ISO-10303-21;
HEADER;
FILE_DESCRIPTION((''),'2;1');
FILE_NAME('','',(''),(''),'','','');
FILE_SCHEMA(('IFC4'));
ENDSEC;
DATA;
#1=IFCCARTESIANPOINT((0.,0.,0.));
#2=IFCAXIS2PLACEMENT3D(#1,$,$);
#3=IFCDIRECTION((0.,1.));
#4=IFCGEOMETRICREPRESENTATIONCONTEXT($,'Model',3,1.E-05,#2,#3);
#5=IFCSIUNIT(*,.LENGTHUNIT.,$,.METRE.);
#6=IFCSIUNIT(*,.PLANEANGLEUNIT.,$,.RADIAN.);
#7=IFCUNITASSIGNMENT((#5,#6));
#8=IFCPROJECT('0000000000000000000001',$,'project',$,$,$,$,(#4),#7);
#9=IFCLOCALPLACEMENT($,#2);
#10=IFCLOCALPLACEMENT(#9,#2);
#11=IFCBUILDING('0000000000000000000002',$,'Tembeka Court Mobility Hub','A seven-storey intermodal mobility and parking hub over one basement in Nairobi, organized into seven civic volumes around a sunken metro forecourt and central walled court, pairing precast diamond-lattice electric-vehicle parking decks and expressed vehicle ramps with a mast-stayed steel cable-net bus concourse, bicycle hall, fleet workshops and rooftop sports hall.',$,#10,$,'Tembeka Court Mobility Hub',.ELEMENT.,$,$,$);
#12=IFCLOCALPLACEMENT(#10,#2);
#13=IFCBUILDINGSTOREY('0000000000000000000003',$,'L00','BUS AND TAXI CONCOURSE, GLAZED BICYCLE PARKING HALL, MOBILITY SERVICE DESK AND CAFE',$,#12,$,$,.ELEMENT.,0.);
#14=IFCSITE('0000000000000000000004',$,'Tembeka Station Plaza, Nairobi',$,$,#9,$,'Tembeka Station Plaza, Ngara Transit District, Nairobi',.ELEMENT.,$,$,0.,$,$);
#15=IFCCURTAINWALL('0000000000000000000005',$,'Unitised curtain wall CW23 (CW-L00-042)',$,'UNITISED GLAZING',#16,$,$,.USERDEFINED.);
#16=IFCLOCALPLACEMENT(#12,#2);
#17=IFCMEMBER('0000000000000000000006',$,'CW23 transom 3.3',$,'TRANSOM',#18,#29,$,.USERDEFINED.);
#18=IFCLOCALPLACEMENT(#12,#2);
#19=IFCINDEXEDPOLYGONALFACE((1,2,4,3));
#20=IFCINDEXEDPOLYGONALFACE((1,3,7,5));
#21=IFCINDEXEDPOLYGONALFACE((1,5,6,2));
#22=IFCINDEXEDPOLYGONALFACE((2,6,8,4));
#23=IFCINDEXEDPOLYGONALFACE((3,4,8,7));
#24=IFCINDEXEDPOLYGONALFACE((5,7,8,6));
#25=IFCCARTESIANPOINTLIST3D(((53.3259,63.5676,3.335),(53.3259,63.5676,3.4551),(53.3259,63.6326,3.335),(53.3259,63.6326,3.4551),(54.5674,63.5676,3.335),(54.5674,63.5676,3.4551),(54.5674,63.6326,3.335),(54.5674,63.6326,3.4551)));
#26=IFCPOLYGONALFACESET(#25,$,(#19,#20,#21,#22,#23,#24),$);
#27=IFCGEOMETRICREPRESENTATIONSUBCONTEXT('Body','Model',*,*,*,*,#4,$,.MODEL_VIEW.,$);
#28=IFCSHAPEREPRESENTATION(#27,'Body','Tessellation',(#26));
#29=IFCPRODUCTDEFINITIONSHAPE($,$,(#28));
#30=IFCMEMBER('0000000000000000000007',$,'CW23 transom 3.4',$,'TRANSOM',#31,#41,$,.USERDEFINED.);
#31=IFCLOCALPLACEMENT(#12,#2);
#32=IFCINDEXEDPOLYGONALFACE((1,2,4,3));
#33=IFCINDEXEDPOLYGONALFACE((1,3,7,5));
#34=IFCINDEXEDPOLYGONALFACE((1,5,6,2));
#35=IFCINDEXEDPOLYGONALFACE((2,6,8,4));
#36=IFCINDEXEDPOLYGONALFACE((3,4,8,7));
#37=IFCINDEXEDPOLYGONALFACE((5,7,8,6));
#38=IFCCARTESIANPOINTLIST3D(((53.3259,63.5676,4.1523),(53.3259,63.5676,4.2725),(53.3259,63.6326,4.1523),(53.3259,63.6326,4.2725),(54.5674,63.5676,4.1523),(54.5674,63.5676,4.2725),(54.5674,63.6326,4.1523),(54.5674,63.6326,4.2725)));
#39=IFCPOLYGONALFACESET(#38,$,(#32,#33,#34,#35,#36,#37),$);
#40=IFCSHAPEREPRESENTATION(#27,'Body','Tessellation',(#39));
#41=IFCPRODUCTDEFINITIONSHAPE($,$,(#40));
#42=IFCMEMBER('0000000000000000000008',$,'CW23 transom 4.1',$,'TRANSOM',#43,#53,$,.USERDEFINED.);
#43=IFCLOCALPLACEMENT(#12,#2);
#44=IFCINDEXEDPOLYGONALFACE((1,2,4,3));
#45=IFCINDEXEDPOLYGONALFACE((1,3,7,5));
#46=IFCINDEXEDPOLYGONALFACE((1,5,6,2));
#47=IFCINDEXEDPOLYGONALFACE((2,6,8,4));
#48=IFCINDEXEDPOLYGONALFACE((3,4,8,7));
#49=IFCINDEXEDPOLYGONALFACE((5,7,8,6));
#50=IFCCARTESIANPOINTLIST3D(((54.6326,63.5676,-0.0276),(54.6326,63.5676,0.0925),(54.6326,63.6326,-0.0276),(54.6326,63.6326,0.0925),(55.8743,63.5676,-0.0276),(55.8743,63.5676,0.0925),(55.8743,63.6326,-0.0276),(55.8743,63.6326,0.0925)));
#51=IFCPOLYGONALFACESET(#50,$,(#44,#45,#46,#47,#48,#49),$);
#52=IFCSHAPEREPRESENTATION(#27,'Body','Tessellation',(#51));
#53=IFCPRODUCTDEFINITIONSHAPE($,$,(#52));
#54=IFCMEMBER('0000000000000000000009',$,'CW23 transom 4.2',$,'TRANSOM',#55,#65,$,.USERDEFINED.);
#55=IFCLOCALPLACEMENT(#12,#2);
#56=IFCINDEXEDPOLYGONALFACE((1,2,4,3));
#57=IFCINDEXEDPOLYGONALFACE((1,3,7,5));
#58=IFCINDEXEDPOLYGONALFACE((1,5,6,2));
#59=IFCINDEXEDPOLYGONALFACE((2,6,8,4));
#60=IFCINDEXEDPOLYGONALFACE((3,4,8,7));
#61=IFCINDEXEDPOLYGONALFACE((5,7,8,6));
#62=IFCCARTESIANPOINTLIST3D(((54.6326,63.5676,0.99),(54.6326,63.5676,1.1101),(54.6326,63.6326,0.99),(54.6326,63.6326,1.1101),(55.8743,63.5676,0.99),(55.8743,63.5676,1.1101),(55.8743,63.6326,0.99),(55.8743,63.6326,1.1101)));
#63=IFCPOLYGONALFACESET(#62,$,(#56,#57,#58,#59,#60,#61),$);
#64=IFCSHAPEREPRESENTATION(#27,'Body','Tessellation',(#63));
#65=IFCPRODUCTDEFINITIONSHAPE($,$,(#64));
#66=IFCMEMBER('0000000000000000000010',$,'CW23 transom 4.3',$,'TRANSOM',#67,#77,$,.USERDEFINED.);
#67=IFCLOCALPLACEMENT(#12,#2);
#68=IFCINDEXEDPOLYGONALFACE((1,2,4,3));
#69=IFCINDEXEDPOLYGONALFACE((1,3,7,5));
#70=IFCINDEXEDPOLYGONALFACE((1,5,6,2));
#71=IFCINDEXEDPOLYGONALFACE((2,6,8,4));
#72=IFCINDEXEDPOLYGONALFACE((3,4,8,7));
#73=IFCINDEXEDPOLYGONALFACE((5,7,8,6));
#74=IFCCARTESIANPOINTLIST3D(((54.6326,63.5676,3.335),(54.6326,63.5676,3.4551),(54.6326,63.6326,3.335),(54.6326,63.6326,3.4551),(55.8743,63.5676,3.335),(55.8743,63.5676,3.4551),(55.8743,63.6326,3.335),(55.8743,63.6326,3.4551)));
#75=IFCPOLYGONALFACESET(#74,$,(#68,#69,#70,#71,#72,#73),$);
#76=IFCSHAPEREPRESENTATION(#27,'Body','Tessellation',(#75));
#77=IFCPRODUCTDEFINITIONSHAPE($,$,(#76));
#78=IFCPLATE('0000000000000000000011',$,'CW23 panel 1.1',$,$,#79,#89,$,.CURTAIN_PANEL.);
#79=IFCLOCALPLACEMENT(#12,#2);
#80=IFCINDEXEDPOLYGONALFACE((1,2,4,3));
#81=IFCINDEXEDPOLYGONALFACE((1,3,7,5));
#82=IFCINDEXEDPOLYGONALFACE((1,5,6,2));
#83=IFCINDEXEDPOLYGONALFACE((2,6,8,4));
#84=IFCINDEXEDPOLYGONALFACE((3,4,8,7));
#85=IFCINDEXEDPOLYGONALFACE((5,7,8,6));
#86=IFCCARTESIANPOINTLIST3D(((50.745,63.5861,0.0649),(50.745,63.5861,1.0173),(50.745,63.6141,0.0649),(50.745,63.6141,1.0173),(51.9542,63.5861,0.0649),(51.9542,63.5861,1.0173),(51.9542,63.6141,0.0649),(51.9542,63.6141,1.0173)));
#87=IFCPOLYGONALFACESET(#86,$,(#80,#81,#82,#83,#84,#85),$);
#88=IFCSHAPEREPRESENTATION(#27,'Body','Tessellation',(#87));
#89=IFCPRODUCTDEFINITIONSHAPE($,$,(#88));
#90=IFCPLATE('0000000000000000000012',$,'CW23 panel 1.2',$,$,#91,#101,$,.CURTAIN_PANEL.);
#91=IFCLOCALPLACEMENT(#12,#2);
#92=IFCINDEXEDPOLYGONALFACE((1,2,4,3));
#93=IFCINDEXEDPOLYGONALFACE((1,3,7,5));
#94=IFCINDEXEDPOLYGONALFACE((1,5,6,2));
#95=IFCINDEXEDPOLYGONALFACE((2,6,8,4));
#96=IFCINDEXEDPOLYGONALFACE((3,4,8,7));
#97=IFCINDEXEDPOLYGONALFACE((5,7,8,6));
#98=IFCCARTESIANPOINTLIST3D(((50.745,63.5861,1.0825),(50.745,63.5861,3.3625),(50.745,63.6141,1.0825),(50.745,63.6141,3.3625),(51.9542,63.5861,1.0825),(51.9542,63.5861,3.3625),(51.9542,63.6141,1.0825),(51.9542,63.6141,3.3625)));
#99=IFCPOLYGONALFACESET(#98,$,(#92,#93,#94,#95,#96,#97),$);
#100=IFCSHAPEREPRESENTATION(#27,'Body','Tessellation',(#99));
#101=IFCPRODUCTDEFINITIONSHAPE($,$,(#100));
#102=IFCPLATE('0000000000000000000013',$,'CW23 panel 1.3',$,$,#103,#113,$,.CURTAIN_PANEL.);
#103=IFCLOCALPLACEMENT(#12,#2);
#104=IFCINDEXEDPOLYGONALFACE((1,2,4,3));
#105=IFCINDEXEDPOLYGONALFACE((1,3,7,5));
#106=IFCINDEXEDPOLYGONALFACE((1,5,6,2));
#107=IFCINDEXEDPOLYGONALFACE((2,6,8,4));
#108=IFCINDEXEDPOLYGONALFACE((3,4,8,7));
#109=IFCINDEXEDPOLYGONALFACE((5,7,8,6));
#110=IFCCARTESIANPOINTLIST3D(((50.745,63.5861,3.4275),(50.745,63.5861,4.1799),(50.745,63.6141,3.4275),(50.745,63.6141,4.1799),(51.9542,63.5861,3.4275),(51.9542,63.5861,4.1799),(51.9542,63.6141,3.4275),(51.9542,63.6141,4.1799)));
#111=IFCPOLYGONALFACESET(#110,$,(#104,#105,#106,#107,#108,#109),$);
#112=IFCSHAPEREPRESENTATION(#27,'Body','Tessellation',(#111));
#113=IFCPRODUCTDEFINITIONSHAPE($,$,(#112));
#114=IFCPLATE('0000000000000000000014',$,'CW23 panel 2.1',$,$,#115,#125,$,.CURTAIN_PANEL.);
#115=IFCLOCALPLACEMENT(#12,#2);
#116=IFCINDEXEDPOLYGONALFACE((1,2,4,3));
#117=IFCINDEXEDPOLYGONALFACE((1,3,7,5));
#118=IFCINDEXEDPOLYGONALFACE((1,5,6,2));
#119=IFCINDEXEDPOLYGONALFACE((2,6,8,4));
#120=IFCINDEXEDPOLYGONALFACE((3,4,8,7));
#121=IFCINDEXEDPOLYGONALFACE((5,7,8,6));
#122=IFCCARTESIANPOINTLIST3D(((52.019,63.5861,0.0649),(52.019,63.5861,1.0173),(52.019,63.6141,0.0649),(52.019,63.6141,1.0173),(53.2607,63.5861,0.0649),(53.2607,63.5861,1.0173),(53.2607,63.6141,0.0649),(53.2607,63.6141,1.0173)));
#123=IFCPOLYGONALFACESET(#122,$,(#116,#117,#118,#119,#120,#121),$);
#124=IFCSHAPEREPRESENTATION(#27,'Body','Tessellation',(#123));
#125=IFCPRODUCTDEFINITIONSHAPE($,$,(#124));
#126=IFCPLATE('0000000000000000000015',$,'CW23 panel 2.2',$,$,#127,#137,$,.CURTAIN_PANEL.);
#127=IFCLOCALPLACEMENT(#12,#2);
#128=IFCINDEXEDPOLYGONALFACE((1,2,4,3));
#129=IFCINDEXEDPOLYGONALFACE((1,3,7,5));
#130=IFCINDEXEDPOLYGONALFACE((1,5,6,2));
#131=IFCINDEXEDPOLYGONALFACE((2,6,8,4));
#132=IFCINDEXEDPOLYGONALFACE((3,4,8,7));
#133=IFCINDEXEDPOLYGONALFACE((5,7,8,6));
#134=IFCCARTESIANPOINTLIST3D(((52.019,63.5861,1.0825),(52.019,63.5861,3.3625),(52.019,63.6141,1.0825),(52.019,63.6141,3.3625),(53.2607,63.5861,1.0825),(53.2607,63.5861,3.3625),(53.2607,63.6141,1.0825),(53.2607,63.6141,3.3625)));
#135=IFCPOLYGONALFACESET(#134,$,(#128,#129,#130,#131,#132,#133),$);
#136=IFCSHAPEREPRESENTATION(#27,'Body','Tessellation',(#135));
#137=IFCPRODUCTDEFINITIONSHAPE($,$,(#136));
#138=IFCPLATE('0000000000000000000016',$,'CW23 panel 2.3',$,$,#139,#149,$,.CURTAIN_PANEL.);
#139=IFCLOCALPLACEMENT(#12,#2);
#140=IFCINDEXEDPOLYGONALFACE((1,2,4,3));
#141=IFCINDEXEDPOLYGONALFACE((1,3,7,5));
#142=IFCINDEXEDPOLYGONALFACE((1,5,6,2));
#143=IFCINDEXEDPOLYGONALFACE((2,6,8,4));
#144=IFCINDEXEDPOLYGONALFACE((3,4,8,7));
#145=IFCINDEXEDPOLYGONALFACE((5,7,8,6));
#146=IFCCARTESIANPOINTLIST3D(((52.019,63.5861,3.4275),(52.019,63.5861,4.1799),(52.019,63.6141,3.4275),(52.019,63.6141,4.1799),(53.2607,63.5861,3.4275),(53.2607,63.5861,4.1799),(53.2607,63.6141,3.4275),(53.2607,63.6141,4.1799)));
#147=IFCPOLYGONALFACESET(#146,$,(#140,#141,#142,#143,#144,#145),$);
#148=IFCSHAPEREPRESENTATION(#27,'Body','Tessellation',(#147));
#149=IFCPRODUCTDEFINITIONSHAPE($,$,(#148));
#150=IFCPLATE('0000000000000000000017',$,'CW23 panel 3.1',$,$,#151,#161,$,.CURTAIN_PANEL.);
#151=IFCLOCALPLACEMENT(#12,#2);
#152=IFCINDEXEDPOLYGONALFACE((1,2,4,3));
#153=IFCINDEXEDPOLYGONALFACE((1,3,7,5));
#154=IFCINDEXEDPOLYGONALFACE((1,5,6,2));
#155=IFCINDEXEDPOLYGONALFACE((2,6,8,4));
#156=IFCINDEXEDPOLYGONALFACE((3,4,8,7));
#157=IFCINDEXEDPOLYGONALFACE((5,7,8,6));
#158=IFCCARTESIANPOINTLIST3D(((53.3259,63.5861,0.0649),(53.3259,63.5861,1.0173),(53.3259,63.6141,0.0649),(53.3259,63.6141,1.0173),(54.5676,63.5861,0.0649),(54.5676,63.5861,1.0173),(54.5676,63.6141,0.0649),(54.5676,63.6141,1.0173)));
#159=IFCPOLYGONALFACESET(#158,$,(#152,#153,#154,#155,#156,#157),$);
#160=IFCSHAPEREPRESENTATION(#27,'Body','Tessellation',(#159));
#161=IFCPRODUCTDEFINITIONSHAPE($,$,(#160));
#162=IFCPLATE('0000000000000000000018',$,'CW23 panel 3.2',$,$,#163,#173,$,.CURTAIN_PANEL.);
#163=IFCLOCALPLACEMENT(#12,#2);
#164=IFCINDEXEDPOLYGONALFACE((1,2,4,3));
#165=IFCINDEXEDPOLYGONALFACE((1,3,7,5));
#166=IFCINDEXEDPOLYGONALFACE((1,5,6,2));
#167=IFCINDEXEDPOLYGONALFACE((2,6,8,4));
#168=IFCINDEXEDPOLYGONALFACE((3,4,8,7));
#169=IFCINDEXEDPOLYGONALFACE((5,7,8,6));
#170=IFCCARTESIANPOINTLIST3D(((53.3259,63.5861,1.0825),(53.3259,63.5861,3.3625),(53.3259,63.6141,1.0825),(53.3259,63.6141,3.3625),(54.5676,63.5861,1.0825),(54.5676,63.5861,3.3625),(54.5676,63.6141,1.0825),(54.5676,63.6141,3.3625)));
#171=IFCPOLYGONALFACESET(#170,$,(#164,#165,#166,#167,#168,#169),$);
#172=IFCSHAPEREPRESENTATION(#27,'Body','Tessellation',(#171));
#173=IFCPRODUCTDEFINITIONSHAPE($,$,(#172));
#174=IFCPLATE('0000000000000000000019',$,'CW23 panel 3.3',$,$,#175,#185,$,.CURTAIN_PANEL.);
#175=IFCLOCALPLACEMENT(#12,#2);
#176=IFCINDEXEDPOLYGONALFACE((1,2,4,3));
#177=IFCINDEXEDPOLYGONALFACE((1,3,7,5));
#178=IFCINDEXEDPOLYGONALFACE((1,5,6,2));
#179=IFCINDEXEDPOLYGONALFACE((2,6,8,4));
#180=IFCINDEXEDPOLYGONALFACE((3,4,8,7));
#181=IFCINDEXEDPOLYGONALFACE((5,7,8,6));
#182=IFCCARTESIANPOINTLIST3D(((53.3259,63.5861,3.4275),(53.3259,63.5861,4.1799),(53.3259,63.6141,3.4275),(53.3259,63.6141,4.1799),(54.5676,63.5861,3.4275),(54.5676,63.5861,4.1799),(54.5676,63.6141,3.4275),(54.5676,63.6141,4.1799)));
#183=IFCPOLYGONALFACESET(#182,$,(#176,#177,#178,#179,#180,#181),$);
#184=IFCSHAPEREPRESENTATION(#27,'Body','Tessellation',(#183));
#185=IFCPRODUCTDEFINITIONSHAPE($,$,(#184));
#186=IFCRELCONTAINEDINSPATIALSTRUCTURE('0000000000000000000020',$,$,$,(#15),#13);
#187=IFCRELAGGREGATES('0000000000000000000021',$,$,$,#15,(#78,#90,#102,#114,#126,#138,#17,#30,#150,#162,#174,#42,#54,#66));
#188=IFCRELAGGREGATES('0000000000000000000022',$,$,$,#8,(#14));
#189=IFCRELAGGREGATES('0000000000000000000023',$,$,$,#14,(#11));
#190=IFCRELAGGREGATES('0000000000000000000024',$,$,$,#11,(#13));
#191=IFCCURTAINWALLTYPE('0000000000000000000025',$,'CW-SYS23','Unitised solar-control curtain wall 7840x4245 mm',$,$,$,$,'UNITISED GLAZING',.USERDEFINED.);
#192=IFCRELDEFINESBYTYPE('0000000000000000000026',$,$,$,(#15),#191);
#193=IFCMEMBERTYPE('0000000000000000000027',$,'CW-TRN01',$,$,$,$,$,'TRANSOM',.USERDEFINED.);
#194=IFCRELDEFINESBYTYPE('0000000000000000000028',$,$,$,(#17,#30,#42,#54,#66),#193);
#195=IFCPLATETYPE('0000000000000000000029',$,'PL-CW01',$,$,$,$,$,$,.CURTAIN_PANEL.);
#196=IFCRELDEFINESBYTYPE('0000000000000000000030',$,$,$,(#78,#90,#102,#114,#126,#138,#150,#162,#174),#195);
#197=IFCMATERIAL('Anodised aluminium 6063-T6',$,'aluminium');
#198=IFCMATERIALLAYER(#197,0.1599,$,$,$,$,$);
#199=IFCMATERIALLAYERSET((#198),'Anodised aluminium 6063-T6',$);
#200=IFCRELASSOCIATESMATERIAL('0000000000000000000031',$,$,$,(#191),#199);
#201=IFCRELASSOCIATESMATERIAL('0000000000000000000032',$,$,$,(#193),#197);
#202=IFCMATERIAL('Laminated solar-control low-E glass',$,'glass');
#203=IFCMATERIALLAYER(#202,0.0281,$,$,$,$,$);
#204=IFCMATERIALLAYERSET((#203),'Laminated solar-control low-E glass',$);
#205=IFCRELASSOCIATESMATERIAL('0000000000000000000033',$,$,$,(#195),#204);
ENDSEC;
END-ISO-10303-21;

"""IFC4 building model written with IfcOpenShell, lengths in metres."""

from ifc_helpers import new_model, si_unit, direction, frame, origin, origin_2d, place, context, subcontext, project, spatial, rectangle, extrude, material, layer, layer_set, material_profile, profile_set, type_object, element, aggregate, save


model = new_model("IFC4")

# Units and contexts
model_context = context("Model", 3, precision=1e-05, world=origin(), true_north=direction((0.0, 1.0)))
body_context = subcontext(model_context, "Body", "Model", "MODEL_VIEW")
ifc_project = project(units=[si_unit("LENGTHUNIT", "METRE"), si_unit("PLANEANGLEUNIT", "RADIAN")], contexts=[model_context])

# Site, building, storey
site_placement = place(None, origin())
site = spatial("IfcSite", under=ifc_project, at=site_placement, Name="Tembeka Station Plaza, Nairobi", LongName="Tembeka Station Plaza, Ngara Transit District, Nairobi", CompositionType="ELEMENT", RefElevation=0.0)
building_placement = place(site_placement, origin())
building = spatial("IfcBuilding", under=site, at=building_placement, Name="Tembeka Court Mobility Hub", Description="A seven-storey intermodal mobility and parking hub over one basement in Nairobi, organized into seven civic volumes around a sunken metro forecourt and central walled court, pairing precast diamond-lattice electric-vehicle parking decks and expressed vehicle ramps with a mast-stayed steel cable-net bus concourse, bicycle hall, fleet workshops and rooftop sports hall.", LongName="Tembeka Court Mobility Hub", CompositionType="ELEMENT")
storey_placement = place(building_placement, origin())
storey = spatial("IfcBuildingStorey", under=building, at=storey_placement, Name="L00", Description="BUS AND TAXI CONCOURSE, GLAZED BICYCLE PARKING HALL, MOBILITY SERVICE DESK AND CAFE", CompositionType="ELEMENT", Elevation=0.0)

# Curtain wall
ifc_material_1 = material(Name="Anodised aluminium 6063-T6", Category="aluminium")
ifc_layer_1 = layer(ifc_material_1, 0.1599)
ifc_layer_set_1 = layer_set([ifc_layer_1], Name="Anodised aluminium 6063-T6")
curtain_wall_type_1 = type_object("IfcCurtainWallType", Name="CW-SYS23", Description="Unitised solar-control curtain wall 7840x4245 mm", ElementType="UNITISED GLAZING", PredefinedType="USERDEFINED", material=ifc_layer_set_1)
curtain_wall_1_placement = place(storey_placement, origin())
curtain_wall_1 = element("IfcCurtainWall", 1, at=curtain_wall_1_placement, inside=storey, type_object=curtain_wall_type_1, Name="Unitised curtain wall CW23 (CW-L00-042)", ObjectType="UNITISED GLAZING", PredefinedType="USERDEFINED")

# Members
ifc_material_profile_1 = material_profile(ifc_material_1, rectangle(XDim=0.0649, YDim=0.1201, at=origin_2d()), Name="ALU-TRN 65x120")
ifc_profile_set_1 = profile_set([ifc_material_profile_1], Name="Anodised aluminium 6063-T6")
member_type_1 = type_object("IfcMemberType", Name="CW-TRN01", ElementType="TRANSOM", PredefinedType="USERDEFINED", material=ifc_profile_set_1)
member_1_placement = place(storey_placement, frame((53.3259, 63.6001, 3.395), z_axis=(1.0, 0.0, 0.0), x_axis=(0.0, 1.0, 0.0)))
member_1 = element("IfcMember", 2, at=member_1_placement, type_object=member_type_1, Name="CW23 transom 3.3", ObjectType="TRANSOM", PredefinedType="USERDEFINED", context=body_context, shape_type="SweptSolid", body=[
    extrude(rectangle(XDim=0.0649, YDim=0.1201, at=origin_2d()), origin(), (0.0, 0.0, 1.0), 1.2415),
])
member_2_placement = place(storey_placement, frame((53.3259, 63.6001, 4.2124), z_axis=(1.0, 0.0, 0.0), x_axis=(0.0, 1.0, 0.0)))
member_2 = element("IfcMember", 3, at=member_2_placement, type_object=member_type_1, Name="CW23 transom 3.4", ObjectType="TRANSOM", PredefinedType="USERDEFINED", context=body_context, shape_type="SweptSolid", body=[
    extrude(rectangle(XDim=0.0649, YDim=0.1201, at=origin_2d()), origin(), (0.0, 0.0, 1.0), 1.2415),
])
member_3_placement = place(storey_placement, frame((54.6326, 63.6001, 0.0325), z_axis=(1.0, 0.0, 0.0), x_axis=(0.0, 1.0, 0.0)))
member_3 = element("IfcMember", 4, at=member_3_placement, type_object=member_type_1, Name="CW23 transom 4.1", ObjectType="TRANSOM", PredefinedType="USERDEFINED", context=body_context, shape_type="SweptSolid", body=[
    extrude(rectangle(XDim=0.0649, YDim=0.1201, at=origin_2d()), origin(), (0.0, 0.0, 1.0), 1.2417),
])
member_4_placement = place(storey_placement, frame((54.6326, 63.6001, 1.05), z_axis=(1.0, 0.0, 0.0), x_axis=(0.0, 1.0, 0.0)))
member_4 = element("IfcMember", 5, at=member_4_placement, type_object=member_type_1, Name="CW23 transom 4.2", ObjectType="TRANSOM", PredefinedType="USERDEFINED", context=body_context, shape_type="SweptSolid", body=[
    extrude(rectangle(XDim=0.0649, YDim=0.1201, at=origin_2d()), origin(), (0.0, 0.0, 1.0), 1.2417),
])
member_5_placement = place(storey_placement, frame((54.6326, 63.6001, 3.395), z_axis=(1.0, 0.0, 0.0), x_axis=(0.0, 1.0, 0.0)))
member_5 = element("IfcMember", 6, at=member_5_placement, type_object=member_type_1, Name="CW23 transom 4.3", ObjectType="TRANSOM", PredefinedType="USERDEFINED", context=body_context, shape_type="SweptSolid", body=[
    extrude(rectangle(XDim=0.0649, YDim=0.1201, at=origin_2d()), origin(), (0.0, 0.0, 1.0), 1.2417),
])

# Plates
ifc_material_2 = material(Name="Laminated solar-control low-E glass", Category="glass")
ifc_layer_2 = layer(ifc_material_2, 0.0281)
ifc_layer_set_2 = layer_set([ifc_layer_2], Name="Laminated solar-control low-E glass")
plate_type = type_object("IfcPlateType", Name="PL-CW01", PredefinedType="CURTAIN_PANEL", material=ifc_layer_set_2)
plate_1_placement = place(storey_placement, frame((51.3496, 63.6001, 0.0649), z_axis=(0.0, 0.0, 1.0), x_axis=(1.0, 0.0, 0.0)))
plate_1 = element("IfcPlate", 7, at=plate_1_placement, type_object=plate_type, Name="CW23 panel 1.1", PredefinedType="CURTAIN_PANEL", context=body_context, shape_type="SweptSolid", body=[
    extrude(rectangle(XDim=1.2092, YDim=0.0281, at=origin_2d()), origin(), (0.0, 0.0, 1.0), 0.9524),
])
plate_2_placement = place(storey_placement, frame((51.3496, 63.6001, 1.0825), z_axis=(0.0, 0.0, 1.0), x_axis=(1.0, 0.0, 0.0)))
plate_2 = element("IfcPlate", 8, at=plate_2_placement, type_object=plate_type, Name="CW23 panel 1.2", PredefinedType="CURTAIN_PANEL", context=body_context, shape_type="SweptSolid", body=[
    extrude(rectangle(XDim=1.2092, YDim=0.0281, at=origin_2d()), origin(), (0.0, 0.0, 1.0), 2.28),
])
plate_3_placement = place(storey_placement, frame((51.3496, 63.6001, 3.4275), z_axis=(0.0, 0.0, 1.0), x_axis=(1.0, 0.0, 0.0)))
plate_3 = element("IfcPlate", 9, at=plate_3_placement, type_object=plate_type, Name="CW23 panel 1.3", PredefinedType="CURTAIN_PANEL", context=body_context, shape_type="SweptSolid", body=[
    extrude(rectangle(XDim=1.2092, YDim=0.0281, at=origin_2d()), origin(), (0.0, 0.0, 1.0), 0.7524),
])
plate_4_placement = place(storey_placement, frame((52.6399, 63.6001, 0.0649), z_axis=(0.0, 0.0, 1.0), x_axis=(1.0, 0.0, 0.0)))
plate_4 = element("IfcPlate", 10, at=plate_4_placement, type_object=plate_type, Name="CW23 panel 2.1", PredefinedType="CURTAIN_PANEL", context=body_context, shape_type="SweptSolid", body=[
    extrude(rectangle(XDim=1.2417, YDim=0.0281, at=origin_2d()), origin(), (0.0, 0.0, 1.0), 0.9524),
])
plate_5_placement = place(storey_placement, frame((52.6399, 63.6001, 1.0825), z_axis=(0.0, 0.0, 1.0), x_axis=(1.0, 0.0, 0.0)))
plate_5 = element("IfcPlate", 11, at=plate_5_placement, type_object=plate_type, Name="CW23 panel 2.2", PredefinedType="CURTAIN_PANEL", context=body_context, shape_type="SweptSolid", body=[
    extrude(rectangle(XDim=1.2417, YDim=0.0281, at=origin_2d()), origin(), (0.0, 0.0, 1.0), 2.28),
])
plate_6_placement = place(storey_placement, frame((52.6399, 63.6001, 3.4275), z_axis=(0.0, 0.0, 1.0), x_axis=(1.0, 0.0, 0.0)))
plate_6 = element("IfcPlate", 12, at=plate_6_placement, type_object=plate_type, Name="CW23 panel 2.3", PredefinedType="CURTAIN_PANEL", context=body_context, shape_type="SweptSolid", body=[
    extrude(rectangle(XDim=1.2417, YDim=0.0281, at=origin_2d()), origin(), (0.0, 0.0, 1.0), 0.7524),
])
plate_7_placement = place(storey_placement, frame((53.9468, 63.6001, 0.0649), z_axis=(0.0, 0.0, 1.0), x_axis=(1.0, 0.0, 0.0)))
plate_7 = element("IfcPlate", 13, at=plate_7_placement, type_object=plate_type, Name="CW23 panel 3.1", PredefinedType="CURTAIN_PANEL", context=body_context, shape_type="SweptSolid", body=[
    extrude(rectangle(XDim=1.2417, YDim=0.0281, at=origin_2d()), origin(), (0.0, 0.0, 1.0), 0.9524),
])
plate_8_placement = place(storey_placement, frame((53.9468, 63.6001, 1.0825), z_axis=(0.0, 0.0, 1.0), x_axis=(1.0, 0.0, 0.0)))
plate_8 = element("IfcPlate", 14, at=plate_8_placement, type_object=plate_type, Name="CW23 panel 3.2", PredefinedType="CURTAIN_PANEL", context=body_context, shape_type="SweptSolid", body=[
    extrude(rectangle(XDim=1.2417, YDim=0.0281, at=origin_2d()), origin(), (0.0, 0.0, 1.0), 2.28),
])
plate_9_placement = place(storey_placement, frame((53.9468, 63.6001, 3.4275), z_axis=(0.0, 0.0, 1.0), x_axis=(1.0, 0.0, 0.0)))
plate_9 = element("IfcPlate", 15, at=plate_9_placement, type_object=plate_type, Name="CW23 panel 3.3", PredefinedType="CURTAIN_PANEL", context=body_context, shape_type="SweptSolid", body=[
    extrude(rectangle(XDim=1.2417, YDim=0.0281, at=origin_2d()), origin(), (0.0, 0.0, 1.0), 0.7524),
])
aggregate(curtain_wall_1, [plate_1, plate_2, plate_3, plate_4, plate_5, plate_6, member_1, member_2, plate_7, plate_8, plate_9, member_3, member_4, member_5])

save(model, "model.ifc")
